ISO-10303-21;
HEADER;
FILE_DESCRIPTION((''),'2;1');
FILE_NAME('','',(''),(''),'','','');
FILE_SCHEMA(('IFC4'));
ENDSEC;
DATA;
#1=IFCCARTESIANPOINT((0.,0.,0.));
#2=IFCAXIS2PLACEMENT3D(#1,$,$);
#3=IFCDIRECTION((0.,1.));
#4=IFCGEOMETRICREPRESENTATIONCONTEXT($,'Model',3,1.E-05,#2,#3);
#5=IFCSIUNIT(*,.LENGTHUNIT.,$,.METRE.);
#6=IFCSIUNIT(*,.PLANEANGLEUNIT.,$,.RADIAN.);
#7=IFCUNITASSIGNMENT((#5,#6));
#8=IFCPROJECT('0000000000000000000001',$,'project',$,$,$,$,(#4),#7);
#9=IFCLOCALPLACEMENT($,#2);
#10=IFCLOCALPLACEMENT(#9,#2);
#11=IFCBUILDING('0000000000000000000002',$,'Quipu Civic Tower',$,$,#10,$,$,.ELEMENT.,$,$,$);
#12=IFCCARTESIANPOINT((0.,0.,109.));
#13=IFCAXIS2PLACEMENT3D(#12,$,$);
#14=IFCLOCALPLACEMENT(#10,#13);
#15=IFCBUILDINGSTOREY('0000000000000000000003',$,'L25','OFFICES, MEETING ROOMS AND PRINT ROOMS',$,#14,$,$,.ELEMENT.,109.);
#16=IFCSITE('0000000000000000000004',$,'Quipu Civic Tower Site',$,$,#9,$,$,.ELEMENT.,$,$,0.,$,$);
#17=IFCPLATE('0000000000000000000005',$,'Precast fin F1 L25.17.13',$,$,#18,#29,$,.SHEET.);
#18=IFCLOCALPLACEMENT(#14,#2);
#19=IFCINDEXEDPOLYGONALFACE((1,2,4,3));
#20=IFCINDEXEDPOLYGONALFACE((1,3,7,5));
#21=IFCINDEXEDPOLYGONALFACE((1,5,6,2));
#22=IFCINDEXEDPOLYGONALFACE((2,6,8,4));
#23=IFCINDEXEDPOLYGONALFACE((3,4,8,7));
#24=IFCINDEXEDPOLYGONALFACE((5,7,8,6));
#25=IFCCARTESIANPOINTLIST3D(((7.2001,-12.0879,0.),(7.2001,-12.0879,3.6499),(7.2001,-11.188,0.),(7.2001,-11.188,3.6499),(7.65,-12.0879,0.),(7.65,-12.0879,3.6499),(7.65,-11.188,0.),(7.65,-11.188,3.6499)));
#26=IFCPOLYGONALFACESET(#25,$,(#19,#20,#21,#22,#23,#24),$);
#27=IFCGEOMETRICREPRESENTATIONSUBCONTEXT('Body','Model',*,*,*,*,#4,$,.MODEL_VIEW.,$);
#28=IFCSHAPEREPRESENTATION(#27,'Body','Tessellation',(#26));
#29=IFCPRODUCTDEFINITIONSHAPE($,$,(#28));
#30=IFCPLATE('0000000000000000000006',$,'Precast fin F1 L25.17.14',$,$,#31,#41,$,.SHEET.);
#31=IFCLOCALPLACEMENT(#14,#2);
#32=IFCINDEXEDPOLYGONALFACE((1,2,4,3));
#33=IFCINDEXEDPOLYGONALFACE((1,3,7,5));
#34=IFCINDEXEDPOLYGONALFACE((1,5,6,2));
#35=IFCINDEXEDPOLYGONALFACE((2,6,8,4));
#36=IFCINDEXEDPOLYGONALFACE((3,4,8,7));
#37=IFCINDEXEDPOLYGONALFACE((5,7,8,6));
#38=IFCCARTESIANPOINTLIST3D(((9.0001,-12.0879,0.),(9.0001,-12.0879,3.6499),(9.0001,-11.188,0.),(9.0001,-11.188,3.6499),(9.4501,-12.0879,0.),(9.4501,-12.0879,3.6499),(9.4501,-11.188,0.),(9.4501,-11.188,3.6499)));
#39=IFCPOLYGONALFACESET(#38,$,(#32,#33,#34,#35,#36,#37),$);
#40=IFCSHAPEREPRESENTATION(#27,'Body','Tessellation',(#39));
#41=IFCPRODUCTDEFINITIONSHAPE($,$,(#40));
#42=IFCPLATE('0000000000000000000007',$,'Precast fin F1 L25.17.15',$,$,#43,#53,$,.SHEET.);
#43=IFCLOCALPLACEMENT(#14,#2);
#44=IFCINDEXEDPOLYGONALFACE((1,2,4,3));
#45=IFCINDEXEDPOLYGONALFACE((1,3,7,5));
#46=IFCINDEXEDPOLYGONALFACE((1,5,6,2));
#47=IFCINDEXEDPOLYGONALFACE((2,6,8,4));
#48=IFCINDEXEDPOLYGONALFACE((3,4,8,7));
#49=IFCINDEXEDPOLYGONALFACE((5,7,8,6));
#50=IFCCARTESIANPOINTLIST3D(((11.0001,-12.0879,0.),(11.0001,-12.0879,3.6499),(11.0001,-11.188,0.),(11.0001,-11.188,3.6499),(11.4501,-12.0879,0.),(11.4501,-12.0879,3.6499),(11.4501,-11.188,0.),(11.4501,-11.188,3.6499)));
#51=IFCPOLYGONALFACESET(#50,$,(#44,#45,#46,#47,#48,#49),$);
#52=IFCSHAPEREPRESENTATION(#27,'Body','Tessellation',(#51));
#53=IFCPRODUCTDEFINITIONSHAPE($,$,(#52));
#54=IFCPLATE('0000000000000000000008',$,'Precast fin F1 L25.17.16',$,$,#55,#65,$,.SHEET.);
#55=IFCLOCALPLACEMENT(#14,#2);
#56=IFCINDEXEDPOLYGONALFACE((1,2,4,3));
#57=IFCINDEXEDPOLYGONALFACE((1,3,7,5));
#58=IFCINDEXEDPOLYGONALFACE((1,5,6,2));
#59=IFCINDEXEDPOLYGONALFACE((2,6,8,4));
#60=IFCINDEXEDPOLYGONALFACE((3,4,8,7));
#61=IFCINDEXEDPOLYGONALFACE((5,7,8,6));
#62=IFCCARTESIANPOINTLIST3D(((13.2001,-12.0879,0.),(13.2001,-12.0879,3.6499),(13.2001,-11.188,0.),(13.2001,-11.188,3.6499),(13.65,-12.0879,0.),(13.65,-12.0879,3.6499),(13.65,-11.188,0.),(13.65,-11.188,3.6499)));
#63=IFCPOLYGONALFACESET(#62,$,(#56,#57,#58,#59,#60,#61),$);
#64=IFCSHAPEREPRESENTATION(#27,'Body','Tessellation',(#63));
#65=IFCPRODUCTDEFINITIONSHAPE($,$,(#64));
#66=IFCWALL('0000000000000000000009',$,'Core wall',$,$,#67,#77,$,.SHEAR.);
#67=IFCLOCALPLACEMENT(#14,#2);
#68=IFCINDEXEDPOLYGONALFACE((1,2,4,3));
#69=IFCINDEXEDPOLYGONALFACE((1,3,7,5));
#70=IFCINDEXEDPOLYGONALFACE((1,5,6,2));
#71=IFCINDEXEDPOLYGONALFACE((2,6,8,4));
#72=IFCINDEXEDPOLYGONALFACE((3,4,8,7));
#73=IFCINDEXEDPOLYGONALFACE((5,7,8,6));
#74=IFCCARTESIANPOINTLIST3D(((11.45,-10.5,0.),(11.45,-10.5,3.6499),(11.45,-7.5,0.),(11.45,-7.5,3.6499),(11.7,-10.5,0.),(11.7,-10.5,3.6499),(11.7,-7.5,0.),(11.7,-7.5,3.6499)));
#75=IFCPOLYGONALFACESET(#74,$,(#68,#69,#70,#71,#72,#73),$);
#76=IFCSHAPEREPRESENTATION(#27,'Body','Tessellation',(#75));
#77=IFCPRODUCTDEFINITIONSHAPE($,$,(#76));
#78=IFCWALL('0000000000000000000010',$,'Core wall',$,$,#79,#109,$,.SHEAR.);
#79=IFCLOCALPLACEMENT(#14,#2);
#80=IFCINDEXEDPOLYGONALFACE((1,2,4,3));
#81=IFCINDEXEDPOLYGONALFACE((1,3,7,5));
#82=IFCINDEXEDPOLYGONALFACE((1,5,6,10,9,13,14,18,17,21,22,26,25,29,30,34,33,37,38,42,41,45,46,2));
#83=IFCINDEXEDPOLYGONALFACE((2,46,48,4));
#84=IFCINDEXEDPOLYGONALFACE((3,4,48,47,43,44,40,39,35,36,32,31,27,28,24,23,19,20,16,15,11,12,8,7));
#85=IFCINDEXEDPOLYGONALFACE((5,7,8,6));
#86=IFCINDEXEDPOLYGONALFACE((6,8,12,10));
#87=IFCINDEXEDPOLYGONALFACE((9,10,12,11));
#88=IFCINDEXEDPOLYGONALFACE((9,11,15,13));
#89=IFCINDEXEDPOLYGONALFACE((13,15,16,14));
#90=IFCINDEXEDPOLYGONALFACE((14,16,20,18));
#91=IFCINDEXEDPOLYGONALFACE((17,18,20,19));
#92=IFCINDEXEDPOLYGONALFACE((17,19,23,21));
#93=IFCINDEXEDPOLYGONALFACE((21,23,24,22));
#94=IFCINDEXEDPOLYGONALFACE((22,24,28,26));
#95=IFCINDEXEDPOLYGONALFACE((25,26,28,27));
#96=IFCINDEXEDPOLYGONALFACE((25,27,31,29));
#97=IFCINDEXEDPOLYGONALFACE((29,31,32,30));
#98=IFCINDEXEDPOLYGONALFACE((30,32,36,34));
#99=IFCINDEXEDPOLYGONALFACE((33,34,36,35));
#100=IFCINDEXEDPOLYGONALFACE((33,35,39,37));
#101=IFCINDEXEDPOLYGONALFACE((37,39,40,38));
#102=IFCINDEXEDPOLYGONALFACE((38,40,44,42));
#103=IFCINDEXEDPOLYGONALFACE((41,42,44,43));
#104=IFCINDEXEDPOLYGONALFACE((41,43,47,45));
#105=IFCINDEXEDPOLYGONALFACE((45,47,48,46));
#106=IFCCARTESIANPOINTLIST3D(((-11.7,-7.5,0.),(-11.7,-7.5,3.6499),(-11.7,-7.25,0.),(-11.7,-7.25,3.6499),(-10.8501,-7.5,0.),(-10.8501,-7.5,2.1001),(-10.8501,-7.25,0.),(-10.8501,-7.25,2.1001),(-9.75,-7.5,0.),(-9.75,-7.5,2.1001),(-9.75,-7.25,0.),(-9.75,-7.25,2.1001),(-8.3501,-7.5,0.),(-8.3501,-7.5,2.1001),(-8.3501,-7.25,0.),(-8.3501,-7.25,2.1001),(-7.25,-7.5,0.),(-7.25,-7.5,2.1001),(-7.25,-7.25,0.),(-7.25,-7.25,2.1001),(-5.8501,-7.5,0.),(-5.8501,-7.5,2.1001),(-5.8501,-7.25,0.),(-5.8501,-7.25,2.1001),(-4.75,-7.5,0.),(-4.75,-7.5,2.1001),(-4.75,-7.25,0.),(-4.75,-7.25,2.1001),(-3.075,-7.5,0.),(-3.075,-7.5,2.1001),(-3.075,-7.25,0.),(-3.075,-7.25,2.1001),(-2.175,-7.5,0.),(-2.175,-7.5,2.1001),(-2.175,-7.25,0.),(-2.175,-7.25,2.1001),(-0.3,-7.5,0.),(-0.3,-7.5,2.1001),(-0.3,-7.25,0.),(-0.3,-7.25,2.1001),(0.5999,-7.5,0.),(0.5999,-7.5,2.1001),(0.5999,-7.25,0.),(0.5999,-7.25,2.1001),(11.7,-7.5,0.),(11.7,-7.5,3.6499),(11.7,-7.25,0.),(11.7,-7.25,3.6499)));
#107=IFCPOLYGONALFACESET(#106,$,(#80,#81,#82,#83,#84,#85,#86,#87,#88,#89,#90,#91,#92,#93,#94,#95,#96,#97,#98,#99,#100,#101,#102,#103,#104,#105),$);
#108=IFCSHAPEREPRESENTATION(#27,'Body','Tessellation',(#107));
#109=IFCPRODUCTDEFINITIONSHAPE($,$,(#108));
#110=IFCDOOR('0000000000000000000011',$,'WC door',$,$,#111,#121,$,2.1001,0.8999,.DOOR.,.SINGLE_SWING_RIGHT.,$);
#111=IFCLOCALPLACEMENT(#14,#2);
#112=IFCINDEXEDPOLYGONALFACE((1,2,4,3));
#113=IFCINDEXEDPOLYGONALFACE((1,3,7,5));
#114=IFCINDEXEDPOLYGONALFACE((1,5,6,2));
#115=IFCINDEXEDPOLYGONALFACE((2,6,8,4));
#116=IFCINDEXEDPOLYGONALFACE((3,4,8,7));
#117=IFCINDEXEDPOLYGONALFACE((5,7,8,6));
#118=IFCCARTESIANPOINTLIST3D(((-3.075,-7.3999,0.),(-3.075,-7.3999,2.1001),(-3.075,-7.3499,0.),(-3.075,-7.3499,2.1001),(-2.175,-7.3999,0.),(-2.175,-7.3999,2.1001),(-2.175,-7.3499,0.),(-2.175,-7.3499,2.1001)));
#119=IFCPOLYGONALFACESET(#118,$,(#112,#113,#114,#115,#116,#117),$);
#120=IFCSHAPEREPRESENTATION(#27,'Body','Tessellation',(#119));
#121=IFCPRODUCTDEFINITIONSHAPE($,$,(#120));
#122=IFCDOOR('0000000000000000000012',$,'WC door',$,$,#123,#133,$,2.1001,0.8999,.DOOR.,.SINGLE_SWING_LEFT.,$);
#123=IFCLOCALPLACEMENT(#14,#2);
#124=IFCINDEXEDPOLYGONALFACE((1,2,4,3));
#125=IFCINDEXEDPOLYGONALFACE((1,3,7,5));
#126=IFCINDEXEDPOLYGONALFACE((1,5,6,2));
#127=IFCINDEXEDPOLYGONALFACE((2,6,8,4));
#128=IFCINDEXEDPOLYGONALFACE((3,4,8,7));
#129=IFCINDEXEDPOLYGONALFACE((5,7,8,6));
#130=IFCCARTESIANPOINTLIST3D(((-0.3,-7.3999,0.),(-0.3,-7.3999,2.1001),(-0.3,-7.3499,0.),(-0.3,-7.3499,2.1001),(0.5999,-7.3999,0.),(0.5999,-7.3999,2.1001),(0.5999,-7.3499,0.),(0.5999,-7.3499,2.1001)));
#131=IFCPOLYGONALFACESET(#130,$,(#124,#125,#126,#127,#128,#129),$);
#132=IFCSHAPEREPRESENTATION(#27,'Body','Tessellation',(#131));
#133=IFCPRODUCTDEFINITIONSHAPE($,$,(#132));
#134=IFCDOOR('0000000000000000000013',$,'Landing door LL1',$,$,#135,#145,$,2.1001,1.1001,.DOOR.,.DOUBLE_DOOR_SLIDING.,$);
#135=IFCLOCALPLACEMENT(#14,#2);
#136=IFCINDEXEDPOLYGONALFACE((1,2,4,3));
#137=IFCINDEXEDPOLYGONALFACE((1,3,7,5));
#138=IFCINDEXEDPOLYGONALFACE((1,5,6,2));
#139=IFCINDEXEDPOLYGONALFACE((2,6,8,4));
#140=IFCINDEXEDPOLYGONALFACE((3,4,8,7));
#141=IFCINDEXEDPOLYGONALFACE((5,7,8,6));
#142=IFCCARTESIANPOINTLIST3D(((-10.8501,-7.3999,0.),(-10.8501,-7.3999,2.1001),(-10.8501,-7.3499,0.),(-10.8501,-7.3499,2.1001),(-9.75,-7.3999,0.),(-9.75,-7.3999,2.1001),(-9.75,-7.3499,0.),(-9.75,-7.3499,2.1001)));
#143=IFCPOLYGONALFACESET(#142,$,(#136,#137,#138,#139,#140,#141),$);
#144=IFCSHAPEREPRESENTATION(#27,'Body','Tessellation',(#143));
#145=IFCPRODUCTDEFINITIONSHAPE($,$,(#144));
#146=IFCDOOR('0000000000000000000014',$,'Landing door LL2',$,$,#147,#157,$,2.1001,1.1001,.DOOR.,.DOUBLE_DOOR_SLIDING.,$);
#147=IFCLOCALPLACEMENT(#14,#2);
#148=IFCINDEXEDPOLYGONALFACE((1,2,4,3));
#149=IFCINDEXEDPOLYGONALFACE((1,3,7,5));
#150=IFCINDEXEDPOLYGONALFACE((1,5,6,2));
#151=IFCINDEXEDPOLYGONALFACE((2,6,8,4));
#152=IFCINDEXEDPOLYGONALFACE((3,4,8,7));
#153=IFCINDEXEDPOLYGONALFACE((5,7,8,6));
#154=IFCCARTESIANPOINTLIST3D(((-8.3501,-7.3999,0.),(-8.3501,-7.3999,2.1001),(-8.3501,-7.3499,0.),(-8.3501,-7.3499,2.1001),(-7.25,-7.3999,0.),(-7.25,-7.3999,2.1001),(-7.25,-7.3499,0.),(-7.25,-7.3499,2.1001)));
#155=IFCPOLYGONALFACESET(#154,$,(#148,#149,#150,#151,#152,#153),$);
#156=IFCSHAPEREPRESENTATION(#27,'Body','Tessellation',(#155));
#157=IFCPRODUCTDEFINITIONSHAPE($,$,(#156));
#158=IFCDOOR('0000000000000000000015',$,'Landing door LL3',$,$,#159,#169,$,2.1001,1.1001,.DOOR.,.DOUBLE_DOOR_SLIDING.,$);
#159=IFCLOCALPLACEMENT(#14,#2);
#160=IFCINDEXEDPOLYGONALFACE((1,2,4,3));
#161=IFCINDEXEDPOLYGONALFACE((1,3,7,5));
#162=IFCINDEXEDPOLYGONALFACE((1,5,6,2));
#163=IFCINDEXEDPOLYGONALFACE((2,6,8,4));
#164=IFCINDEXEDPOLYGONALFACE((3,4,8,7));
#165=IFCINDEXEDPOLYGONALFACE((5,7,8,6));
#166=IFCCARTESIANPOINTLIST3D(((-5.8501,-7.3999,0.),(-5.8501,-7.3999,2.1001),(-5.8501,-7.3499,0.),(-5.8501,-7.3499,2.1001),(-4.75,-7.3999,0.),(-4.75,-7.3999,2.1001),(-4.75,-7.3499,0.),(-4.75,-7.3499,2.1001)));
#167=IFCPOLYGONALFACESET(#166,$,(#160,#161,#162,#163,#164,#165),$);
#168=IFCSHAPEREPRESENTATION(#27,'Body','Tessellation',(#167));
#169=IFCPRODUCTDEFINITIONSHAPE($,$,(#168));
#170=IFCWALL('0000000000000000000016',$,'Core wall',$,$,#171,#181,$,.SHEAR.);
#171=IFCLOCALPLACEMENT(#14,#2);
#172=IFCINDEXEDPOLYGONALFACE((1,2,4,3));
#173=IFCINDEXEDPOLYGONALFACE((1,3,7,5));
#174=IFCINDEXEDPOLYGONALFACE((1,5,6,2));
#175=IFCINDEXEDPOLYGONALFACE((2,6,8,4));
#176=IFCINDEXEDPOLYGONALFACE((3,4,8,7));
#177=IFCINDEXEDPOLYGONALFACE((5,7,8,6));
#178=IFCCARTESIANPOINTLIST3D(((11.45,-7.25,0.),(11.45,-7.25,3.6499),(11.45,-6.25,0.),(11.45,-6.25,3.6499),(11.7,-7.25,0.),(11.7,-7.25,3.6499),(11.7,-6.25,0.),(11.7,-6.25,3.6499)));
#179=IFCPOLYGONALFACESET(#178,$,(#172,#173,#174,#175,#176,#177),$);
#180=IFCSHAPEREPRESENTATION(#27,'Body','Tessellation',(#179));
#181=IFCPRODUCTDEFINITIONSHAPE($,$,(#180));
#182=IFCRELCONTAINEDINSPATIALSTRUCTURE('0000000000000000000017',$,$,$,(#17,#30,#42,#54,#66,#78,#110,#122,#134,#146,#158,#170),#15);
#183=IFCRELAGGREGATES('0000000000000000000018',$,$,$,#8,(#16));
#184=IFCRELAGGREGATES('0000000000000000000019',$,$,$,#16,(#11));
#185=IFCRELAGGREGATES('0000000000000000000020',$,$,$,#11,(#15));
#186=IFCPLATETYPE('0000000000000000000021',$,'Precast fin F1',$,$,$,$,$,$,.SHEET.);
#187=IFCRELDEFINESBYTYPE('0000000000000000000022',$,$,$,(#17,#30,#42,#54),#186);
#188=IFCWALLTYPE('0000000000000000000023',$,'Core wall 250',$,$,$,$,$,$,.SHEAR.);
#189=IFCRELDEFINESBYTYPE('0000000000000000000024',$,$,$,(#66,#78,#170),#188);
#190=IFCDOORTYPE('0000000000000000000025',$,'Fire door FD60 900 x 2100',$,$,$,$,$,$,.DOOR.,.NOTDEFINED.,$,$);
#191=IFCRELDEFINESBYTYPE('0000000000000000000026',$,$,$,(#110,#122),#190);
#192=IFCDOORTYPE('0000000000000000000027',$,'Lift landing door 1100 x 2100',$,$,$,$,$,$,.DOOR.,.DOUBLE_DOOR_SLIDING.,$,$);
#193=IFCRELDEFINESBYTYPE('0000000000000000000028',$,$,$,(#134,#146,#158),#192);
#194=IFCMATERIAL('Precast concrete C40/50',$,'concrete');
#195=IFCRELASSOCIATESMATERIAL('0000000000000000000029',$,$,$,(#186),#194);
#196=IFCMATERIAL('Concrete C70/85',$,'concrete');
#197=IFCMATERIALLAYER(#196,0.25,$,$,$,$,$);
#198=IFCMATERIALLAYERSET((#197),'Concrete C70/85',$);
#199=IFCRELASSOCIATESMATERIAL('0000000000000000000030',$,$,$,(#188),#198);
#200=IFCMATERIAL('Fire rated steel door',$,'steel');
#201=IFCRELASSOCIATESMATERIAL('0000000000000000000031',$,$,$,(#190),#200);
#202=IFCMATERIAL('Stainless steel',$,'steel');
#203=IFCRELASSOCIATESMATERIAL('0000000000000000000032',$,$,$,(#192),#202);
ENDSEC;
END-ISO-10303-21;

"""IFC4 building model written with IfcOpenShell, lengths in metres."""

from ifc_helpers import new_model, si_unit, direction, frame, frame_2d, origin, origin_2d, place, context, subcontext, project, spatial, rectangle, extrude, material, layer, layer_set, type_object, element, fill, save


model = new_model("IFC4")

# Units and contexts
model_context = context("Model", 3, precision=1e-05, world=origin(), true_north=direction((0.0, 1.0)))
body_context = subcontext(model_context, "Body", "Model", "MODEL_VIEW")
ifc_project = project(units=[si_unit("LENGTHUNIT", "METRE"), si_unit("PLANEANGLEUNIT", "RADIAN")], contexts=[model_context])

# Site, building, storey
site_placement = place(None, origin())
site = spatial("IfcSite", under=ifc_project, at=site_placement, Name="Quipu Civic Tower Site", CompositionType="ELEMENT", RefElevation=0.0)
building_placement = place(site_placement, origin())
building = spatial("IfcBuilding", under=site, at=building_placement, Name="Quipu Civic Tower", CompositionType="ELEMENT")
storey_placement = place(building_placement, frame((0.0, 0.0, 109.0)))
storey = spatial("IfcBuildingStorey", under=building, at=storey_placement, Name="L25", Description="OFFICES, MEETING ROOMS AND PRINT ROOMS", CompositionType="ELEMENT", Elevation=109.0)

# Plates
ifc_material_1 = material(Name="Precast concrete C40/50", Category="concrete")
plate_type = type_object("IfcPlateType", Name="Precast fin F1", PredefinedType="SHEET", material=ifc_material_1)
for number, where, z_axis, x_axis, name in (
    (1, (7.425, -11.6379, 0.0), (0.0, 0.0, 1.0), (1.0, 0.0, 0.0), "Precast fin F1 L25.17.13"),
    (2, (9.2251, -11.6379, 0.0), (0.0, 0.0, 1.0), (1.0, 0.0, 0.0), "Precast fin F1 L25.17.14"),
    (3, (11.2251, -11.6379, 0.0), (0.0, 0.0, 1.0), (1.0, 0.0, 0.0), "Precast fin F1 L25.17.15"),
    (4, (13.425, -11.6379, 0.0), (0.0, 0.0, 1.0), (1.0, 0.0, 0.0), "Precast fin F1 L25.17.16"),
):
    element("IfcPlate", number, at=place(storey_placement, frame(where, z_axis=z_axis, x_axis=x_axis)), inside=storey, type_object=plate_type, Name=name, PredefinedType="SHEET", context=body_context, shape_type="SweptSolid", body=[
        extrude(rectangle(XDim=0.45, YDim=0.8999, at=origin_2d()), origin(), (0.0, 0.0, 1.0), 3.6499),
    ])

# Wall
ifc_material_2 = material(Name="Concrete C70/85", Category="concrete")
ifc_layer_1 = layer(ifc_material_2, 0.25)
ifc_layer_set_1 = layer_set([ifc_layer_1], Name="Concrete C70/85")
wall_type_1 = type_object("IfcWallType", Name="Core wall 250", PredefinedType="SHEAR", material=ifc_layer_set_1)
wall_1_placement = place(storey_placement, frame((11.575, -10.5, 0.0), z_axis=(0.0, 0.0, 1.0), x_axis=(0.0, 1.0, 0.0)))
element("IfcWall", 5, at=wall_1_placement, inside=storey, type_object=wall_type_1, Name="Core wall", PredefinedType="SHEAR", context=body_context, shape_type="SweptSolid", body=[
    extrude(rectangle(XDim=3.0, YDim=0.25, at=frame_2d((1.5, 0.0))), origin(), (0.0, 0.0, 1.0), 3.6499),
])

# Wall, openings, doors
wall_2_placement = place(storey_placement, frame((11.7, -7.375, 0.0), z_axis=(0.0, 0.0, 1.0), x_axis=(-1.0, 0.0, 0.0)))
wall_2 = element("IfcWall", 6, at=wall_2_placement, inside=storey, type_object=wall_type_1, Name="Core wall", PredefinedType="SHEAR", context=body_context, shape_type="SweptSolid", body=[
    extrude(rectangle(XDim=23.3999, YDim=0.25, at=frame_2d((11.7, 0.0))), origin(), (0.0, 0.0, 1.0), 3.6499),
])
opening_1_placement = place(wall_2_placement, frame((21.45, 0.0, 0.0)))
opening_1 = element("IfcOpeningElement", 7, at=opening_1_placement, cuts=wall_2, PredefinedType="OPENING", context=body_context, shape_type="SweptSolid", body=[
    extrude(rectangle(XDim=1.1001, YDim=2.1001, at=frame_2d((0.55, 1.05))), frame((0.0, 0.135, 0.0), z_axis=(0.0, -1.0, 0.0), x_axis=(1.0, 0.0, 0.0)), (0.0, 0.0, 1.0), 0.27),
])
opening_2_placement = place(wall_2_placement, frame((18.95, 0.0, 0.0)))
opening_2 = element("IfcOpeningElement", 8, at=opening_2_placement, cuts=wall_2, PredefinedType="OPENING", context=body_context, shape_type="SweptSolid", body=[
    extrude(rectangle(XDim=1.1001, YDim=2.1001, at=frame_2d((0.55, 1.05))), frame((0.0, 0.135, 0.0), z_axis=(0.0, -1.0, 0.0), x_axis=(1.0, 0.0, 0.0)), (0.0, 0.0, 1.0), 0.27),
])
opening_3_placement = place(wall_2_placement, frame((16.45, 0.0, 0.0)))
opening_3 = element("IfcOpeningElement", 9, at=opening_3_placement, cuts=wall_2, PredefinedType="OPENING", context=body_context, shape_type="SweptSolid", body=[
    extrude(rectangle(XDim=1.1001, YDim=2.1001, at=frame_2d((0.55, 1.05))), frame((0.0, 0.135, 0.0), z_axis=(0.0, -1.0, 0.0), x_axis=(1.0, 0.0, 0.0)), (0.0, 0.0, 1.0), 0.27),
])
opening_4_placement = place(wall_2_placement, frame((13.875, 0.0, 0.0)))
opening_4 = element("IfcOpeningElement", 10, at=opening_4_placement, cuts=wall_2, PredefinedType="OPENING", context=body_context, shape_type="SweptSolid", body=[
    extrude(rectangle(XDim=0.8999, YDim=2.1001, at=frame_2d((0.45, 1.05))), frame((0.0, 0.135, 0.0), z_axis=(0.0, -1.0, 0.0), x_axis=(1.0, 0.0, 0.0)), (0.0, 0.0, 1.0), 0.27),
])
opening_5_placement = place(wall_2_placement, frame((11.1001, 0.0, 0.0)))
opening_5 = element("IfcOpeningElement", 11, at=opening_5_placement, cuts=wall_2, PredefinedType="OPENING", context=body_context, shape_type="SweptSolid", body=[
    extrude(rectangle(XDim=0.8999, YDim=2.1001, at=frame_2d((0.45, 1.05))), frame((0.0, 0.135, 0.0), z_axis=(0.0, -1.0, 0.0), x_axis=(1.0, 0.0, 0.0)), (0.0, 0.0, 1.0), 0.27),
])
ifc_material_3 = material(Name="Fire rated steel door", Category="steel")
door_type_1 = type_object("IfcDoorType", Name="Fire door FD60 900 x 2100", OperationType="NOTDEFINED", PredefinedType="DOOR", material=ifc_material_3)
door_1_placement = place(opening_4_placement, origin())
door_1 = element("IfcDoor", 12, at=door_1_placement, inside=storey, type_object=door_type_1, Name="WC door", OperationType="SINGLE_SWING_RIGHT", OverallHeight=2.1001, OverallWidth=0.8999, PredefinedType="DOOR", context=body_context, shape_type="SweptSolid", body=[
    extrude(rectangle(XDim=0.8999, YDim=2.1001, at=frame_2d((0.45, 1.05))), frame((0.0, 0.0249, 0.0), z_axis=(0.0, -1.0, 0.0), x_axis=(1.0, 0.0, 0.0)), (0.0, 0.0, 1.0), 0.05),
])
fill(opening_4, door_1)
door_2_placement = place(opening_5_placement, origin())
door_2 = element("IfcDoor", 13, at=door_2_placement, inside=storey, type_object=door_type_1, Name="WC door", OperationType="SINGLE_SWING_LEFT", OverallHeight=2.1001, OverallWidth=0.8999, PredefinedType="DOOR", context=body_context, shape_type="SweptSolid", body=[
    extrude(rectangle(XDim=0.8999, YDim=2.1001, at=frame_2d((0.45, 1.05))), frame((0.0, 0.0249, 0.0), z_axis=(0.0, -1.0, 0.0), x_axis=(1.0, 0.0, 0.0)), (0.0, 0.0, 1.0), 0.05),
])
fill(opening_5, door_2)
ifc_material_4 = material(Name="Stainless steel", Category="steel")
door_type_2 = type_object("IfcDoorType", Name="Lift landing door 1100 x 2100", OperationType="DOUBLE_DOOR_SLIDING", PredefinedType="DOOR", material=ifc_material_4)
door_3_placement = place(opening_1_placement, origin())
door_3 = element("IfcDoor", 14, at=door_3_placement, inside=storey, type_object=door_type_2, Name="Landing door LL1", OperationType="DOUBLE_DOOR_SLIDING", OverallHeight=2.1001, OverallWidth=1.1001, PredefinedType="DOOR", context=body_context, shape_type="SweptSolid", body=[
    extrude(rectangle(XDim=1.1001, YDim=2.1001, at=frame_2d((0.55, 1.05))), frame((0.0, 0.0249, 0.0), z_axis=(0.0, -1.0, 0.0), x_axis=(1.0, 0.0, 0.0)), (0.0, 0.0, 1.0), 0.05),
])
fill(opening_1, door_3)
door_4_placement = place(opening_2_placement, origin())
door_4 = element("IfcDoor", 15, at=door_4_placement, inside=storey, type_object=door_type_2, Name="Landing door LL2", OperationType="DOUBLE_DOOR_SLIDING", OverallHeight=2.1001, OverallWidth=1.1001, PredefinedType="DOOR", context=body_context, shape_type="SweptSolid", body=[
    extrude(rectangle(XDim=1.1001, YDim=2.1001, at=frame_2d((0.55, 1.05))), frame((0.0, 0.0249, 0.0), z_axis=(0.0, -1.0, 0.0), x_axis=(1.0, 0.0, 0.0)), (0.0, 0.0, 1.0), 0.05),
])
fill(opening_2, door_4)
door_5_placement = place(opening_3_placement, origin())
door_5 = element("IfcDoor", 16, at=door_5_placement, inside=storey, type_object=door_type_2, Name="Landing door LL3", OperationType="DOUBLE_DOOR_SLIDING", OverallHeight=2.1001, OverallWidth=1.1001, PredefinedType="DOOR", context=body_context, shape_type="SweptSolid", body=[
    extrude(rectangle(XDim=1.1001, YDim=2.1001, at=frame_2d((0.55, 1.05))), frame((0.0, 0.0249, 0.0), z_axis=(0.0, -1.0, 0.0), x_axis=(1.0, 0.0, 0.0)), (0.0, 0.0, 1.0), 0.05),
])
fill(opening_3, door_5)

# Wall
wall_3_placement = place(storey_placement, frame((11.575, -7.25, 0.0), z_axis=(0.0, 0.0, 1.0), x_axis=(0.0, 1.0, 0.0)))
element("IfcWall", 17, at=wall_3_placement, inside=storey, type_object=wall_type_1, Name="Core wall", PredefinedType="SHEAR", context=body_context, shape_type="SweptSolid", body=[
    extrude(rectangle(XDim=1.0, YDim=0.25, at=frame_2d((0.5, 0.0))), origin(), (0.0, 0.0, 1.0), 3.6499),
])

save(model, "model.ifc")
